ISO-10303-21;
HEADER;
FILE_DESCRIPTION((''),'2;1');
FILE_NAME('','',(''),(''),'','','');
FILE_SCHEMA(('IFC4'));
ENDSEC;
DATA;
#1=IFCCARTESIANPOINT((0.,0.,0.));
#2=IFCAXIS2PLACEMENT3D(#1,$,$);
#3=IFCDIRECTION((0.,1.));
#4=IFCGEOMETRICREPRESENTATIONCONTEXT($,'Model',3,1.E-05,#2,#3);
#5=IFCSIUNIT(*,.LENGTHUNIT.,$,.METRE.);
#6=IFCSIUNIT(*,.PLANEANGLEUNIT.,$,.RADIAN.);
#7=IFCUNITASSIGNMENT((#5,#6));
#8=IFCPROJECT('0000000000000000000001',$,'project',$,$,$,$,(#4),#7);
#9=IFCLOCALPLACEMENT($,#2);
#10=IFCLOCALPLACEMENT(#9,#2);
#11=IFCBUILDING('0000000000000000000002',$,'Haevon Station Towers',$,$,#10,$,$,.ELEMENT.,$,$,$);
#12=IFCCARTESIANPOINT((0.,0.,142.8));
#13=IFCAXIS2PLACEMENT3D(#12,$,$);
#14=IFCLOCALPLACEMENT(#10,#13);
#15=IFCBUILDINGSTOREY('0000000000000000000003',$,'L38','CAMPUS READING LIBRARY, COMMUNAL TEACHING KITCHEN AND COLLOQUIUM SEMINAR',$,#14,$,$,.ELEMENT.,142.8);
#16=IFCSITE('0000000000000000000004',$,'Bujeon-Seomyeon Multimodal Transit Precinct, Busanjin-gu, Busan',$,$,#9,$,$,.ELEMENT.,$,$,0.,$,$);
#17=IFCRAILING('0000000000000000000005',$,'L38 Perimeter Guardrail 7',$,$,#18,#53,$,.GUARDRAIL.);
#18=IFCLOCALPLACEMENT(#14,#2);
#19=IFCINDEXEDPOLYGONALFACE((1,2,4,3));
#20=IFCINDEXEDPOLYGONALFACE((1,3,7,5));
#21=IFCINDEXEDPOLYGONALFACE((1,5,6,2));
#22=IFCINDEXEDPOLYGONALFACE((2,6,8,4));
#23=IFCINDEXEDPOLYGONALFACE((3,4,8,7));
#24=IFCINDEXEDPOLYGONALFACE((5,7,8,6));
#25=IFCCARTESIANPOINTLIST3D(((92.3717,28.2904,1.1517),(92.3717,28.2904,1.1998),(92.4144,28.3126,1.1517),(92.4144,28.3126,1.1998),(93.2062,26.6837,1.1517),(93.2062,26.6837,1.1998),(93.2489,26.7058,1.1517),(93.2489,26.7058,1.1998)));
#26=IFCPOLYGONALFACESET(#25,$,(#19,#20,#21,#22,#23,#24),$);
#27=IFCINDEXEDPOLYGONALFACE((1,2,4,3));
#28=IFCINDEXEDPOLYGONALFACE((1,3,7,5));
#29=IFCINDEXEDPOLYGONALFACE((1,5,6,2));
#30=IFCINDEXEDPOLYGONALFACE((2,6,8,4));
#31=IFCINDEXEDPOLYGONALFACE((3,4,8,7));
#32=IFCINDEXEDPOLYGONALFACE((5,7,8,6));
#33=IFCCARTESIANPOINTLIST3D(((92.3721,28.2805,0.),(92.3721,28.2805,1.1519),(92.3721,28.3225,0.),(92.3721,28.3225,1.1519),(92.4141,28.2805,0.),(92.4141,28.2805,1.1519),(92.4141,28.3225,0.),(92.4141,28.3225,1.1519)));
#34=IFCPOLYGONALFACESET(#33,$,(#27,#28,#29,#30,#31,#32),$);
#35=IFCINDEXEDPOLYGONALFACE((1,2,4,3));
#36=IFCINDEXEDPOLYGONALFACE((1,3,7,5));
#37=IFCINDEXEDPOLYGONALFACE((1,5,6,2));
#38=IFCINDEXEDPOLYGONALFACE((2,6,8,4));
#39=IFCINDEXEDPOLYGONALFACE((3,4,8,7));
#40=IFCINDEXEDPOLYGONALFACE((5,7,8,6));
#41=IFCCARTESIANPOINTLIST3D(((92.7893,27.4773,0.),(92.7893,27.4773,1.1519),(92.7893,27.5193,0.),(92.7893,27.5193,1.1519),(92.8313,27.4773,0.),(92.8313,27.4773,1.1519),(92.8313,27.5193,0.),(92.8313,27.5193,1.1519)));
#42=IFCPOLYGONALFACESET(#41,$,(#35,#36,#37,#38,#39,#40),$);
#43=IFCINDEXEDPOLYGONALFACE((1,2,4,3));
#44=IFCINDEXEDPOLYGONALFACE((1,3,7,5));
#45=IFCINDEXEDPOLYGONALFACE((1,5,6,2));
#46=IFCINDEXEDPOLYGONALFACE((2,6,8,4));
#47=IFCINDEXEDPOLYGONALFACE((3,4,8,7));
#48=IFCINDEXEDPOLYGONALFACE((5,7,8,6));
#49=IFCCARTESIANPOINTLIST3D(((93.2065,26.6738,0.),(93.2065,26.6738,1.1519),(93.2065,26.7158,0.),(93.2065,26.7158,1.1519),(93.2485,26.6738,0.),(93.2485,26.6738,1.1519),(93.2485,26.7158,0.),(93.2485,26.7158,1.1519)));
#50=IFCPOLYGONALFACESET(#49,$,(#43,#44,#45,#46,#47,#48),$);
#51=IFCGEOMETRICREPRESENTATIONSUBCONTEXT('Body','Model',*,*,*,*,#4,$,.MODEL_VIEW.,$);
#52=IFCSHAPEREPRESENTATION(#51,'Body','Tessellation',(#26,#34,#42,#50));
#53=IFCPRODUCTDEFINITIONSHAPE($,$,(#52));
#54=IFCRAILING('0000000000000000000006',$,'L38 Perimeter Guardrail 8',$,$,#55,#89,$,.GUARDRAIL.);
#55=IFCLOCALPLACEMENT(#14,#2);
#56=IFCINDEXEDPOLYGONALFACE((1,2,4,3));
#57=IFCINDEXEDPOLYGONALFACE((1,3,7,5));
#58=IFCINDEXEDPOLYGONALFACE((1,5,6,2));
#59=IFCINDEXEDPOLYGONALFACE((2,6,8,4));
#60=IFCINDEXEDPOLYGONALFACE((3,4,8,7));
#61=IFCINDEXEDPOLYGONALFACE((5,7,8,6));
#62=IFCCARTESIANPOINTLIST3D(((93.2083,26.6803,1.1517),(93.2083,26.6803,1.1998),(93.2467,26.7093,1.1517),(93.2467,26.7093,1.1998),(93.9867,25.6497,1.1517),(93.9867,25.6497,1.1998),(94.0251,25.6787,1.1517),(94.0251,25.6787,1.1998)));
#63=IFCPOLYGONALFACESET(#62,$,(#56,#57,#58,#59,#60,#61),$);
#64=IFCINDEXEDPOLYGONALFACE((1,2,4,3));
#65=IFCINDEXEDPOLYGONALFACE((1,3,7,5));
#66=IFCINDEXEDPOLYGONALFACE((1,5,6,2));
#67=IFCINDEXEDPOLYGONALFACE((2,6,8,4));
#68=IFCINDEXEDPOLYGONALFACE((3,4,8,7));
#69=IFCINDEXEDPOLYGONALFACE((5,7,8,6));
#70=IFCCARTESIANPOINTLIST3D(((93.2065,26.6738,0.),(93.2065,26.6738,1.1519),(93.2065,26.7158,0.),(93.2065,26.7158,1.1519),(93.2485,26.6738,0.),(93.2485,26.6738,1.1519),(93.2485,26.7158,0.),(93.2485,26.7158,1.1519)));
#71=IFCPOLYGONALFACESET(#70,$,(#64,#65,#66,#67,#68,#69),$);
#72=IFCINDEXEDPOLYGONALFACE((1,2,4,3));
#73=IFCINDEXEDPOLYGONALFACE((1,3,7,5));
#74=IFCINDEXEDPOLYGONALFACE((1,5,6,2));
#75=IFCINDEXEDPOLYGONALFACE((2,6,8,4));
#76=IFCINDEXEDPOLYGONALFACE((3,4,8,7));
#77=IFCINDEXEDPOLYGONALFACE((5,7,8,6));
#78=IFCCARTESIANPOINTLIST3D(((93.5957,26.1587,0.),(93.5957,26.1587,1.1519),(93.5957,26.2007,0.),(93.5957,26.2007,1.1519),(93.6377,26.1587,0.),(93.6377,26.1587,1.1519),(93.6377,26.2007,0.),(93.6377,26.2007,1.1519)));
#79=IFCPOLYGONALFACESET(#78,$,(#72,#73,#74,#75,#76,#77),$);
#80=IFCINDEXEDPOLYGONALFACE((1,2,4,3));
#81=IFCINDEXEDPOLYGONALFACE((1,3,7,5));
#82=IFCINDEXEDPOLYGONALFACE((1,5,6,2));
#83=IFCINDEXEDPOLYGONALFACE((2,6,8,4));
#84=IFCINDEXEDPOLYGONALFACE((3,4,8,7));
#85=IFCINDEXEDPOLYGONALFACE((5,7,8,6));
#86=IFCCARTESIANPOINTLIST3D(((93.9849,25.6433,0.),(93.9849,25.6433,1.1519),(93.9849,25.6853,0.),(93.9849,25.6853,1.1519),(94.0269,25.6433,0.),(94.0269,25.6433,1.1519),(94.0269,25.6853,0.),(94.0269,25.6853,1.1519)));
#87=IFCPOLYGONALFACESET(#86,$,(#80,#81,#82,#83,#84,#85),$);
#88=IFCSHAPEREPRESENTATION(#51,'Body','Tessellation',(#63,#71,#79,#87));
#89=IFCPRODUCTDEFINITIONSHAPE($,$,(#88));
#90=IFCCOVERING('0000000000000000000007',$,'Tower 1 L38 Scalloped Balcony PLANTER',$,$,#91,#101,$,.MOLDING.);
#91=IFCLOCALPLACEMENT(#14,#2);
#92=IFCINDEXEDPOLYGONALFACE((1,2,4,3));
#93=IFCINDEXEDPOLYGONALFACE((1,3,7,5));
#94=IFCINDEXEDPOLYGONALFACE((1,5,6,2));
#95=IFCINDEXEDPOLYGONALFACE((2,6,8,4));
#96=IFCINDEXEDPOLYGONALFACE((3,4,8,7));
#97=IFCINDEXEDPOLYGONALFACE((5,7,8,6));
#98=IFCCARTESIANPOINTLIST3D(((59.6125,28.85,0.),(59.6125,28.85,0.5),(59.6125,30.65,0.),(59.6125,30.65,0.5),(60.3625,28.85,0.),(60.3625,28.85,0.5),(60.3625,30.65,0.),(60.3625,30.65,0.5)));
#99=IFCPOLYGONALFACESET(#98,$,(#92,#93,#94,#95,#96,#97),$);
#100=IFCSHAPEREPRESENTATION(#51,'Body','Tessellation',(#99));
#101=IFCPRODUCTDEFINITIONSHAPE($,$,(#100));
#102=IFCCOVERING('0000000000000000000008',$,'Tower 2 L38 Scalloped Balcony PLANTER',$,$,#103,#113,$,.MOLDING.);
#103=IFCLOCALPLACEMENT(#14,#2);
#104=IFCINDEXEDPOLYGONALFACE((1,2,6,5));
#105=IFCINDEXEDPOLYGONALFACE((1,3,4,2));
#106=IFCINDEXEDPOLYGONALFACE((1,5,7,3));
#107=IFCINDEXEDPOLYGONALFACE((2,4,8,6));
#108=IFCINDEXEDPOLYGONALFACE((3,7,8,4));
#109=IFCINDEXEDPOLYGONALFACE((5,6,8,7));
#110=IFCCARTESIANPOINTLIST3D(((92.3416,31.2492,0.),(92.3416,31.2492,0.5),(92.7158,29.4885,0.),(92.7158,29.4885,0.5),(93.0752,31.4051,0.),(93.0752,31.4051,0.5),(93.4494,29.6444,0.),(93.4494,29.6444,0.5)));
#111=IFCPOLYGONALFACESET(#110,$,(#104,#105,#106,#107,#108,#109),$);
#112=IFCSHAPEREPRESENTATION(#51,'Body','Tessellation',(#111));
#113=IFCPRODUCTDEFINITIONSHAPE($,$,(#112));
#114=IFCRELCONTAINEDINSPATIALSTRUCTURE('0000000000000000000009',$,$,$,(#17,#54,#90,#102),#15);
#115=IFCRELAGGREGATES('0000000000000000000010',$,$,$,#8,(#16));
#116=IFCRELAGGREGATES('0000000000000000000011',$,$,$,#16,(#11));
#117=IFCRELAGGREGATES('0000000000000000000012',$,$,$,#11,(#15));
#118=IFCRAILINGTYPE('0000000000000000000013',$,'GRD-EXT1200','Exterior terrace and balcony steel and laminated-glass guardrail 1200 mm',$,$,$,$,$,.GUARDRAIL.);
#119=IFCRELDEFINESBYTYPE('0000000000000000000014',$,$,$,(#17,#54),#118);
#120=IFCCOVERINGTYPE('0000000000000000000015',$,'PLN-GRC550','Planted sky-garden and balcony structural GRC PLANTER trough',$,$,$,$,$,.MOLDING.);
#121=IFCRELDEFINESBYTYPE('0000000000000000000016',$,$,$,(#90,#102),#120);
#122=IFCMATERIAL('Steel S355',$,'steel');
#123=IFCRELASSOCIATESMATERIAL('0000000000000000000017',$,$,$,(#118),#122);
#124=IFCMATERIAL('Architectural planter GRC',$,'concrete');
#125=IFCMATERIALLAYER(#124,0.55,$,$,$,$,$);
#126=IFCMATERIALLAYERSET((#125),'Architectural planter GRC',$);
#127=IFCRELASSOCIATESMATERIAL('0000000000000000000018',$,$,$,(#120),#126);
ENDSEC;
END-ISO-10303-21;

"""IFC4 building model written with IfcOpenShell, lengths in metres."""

from ifc_helpers import new_model, si_unit, direction, frame, origin, origin_2d, place, context, subcontext, project, spatial, rectangle, extrude, material, layer, layer_set, type_object, element, save


model = new_model("IFC4")

# Units and contexts
model_context = context("Model", 3, precision=1e-05, world=origin(), true_north=direction((0.0, 1.0)))
body_context = subcontext(model_context, "Body", "Model", "MODEL_VIEW")
ifc_project = project(units=[si_unit("LENGTHUNIT", "METRE"), si_unit("PLANEANGLEUNIT", "RADIAN")], contexts=[model_context])

# Site, building, storey
site_placement = place(None, origin())
site = spatial("IfcSite", under=ifc_project, at=site_placement, Name="Bujeon-Seomyeon Multimodal Transit Precinct, Busanjin-gu, Busan", CompositionType="ELEMENT", RefElevation=0.0)
building_placement = place(site_placement, origin())
building = spatial("IfcBuilding", under=site, at=building_placement, Name="Haevon Station Towers", CompositionType="ELEMENT")
storey_placement = place(building_placement, frame((0.0, 0.0, 142.8)))
storey = spatial("IfcBuildingStorey", under=building, at=storey_placement, Name="L38", Description="CAMPUS READING LIBRARY, COMMUNAL TEACHING KITCHEN AND COLLOQUIUM SEMINAR", CompositionType="ELEMENT", Elevation=142.8)

# Shared definitions
ifc_material_1 = material(Name="Steel S355", Category="steel")

# Railings
railing_type = type_object("IfcRailingType", Name="GRD-EXT1200", Description="Exterior terrace and balcony steel and laminated-glass guardrail 1200 mm", PredefinedType="GUARDRAIL", material=ifc_material_1)
railing_1_placement = place(storey_placement, frame((92.3931, 28.3015, 0.0)))
element("IfcRailing", 1, at=railing_1_placement, inside=storey, type_object=railing_type, Name="L38 Perimeter Guardrail 7", PredefinedType="GUARDRAIL", context=body_context, shape_type="SweptSolid", body=[
    extrude(rectangle(XDim=0.0481, YDim=0.0481, at=origin_2d()), frame((0.0, 0.0, 1.1758), z_axis=(0.460915, -0.887444, 0.0), x_axis=(0.887444, 0.460915, 0.0)), (0.0, 0.0, 1.0), 1.8105),
    extrude(rectangle(XDim=0.042, YDim=0.042, at=origin_2d()), origin(), (0.0, 0.0, 1.0), 1.1519),
    extrude(rectangle(XDim=0.042, YDim=0.042, at=origin_2d()), frame((0.4172, -0.8032, 0.0)), (0.0, 0.0, 1.0), 1.1519),
    extrude(rectangle(XDim=0.042, YDim=0.042, at=origin_2d()), frame((0.8345, -1.6067, 0.0)), (0.0, 0.0, 1.0), 1.1519),
])
railing_2_placement = place(storey_placement, frame((93.2275, 26.6948, 0.0)))
element("IfcRailing", 2, at=railing_2_placement, inside=storey, type_object=railing_type, Name="L38 Perimeter Guardrail 8", PredefinedType="GUARDRAIL", context=body_context, shape_type="SweptSolid", body=[
    extrude(rectangle(XDim=0.0481, YDim=0.0481, at=origin_2d()), frame((0.0, 0.0, 1.1758), z_axis=(0.602689, -0.797976, 0.0), x_axis=(0.797976, 0.602689, 0.0)), (0.0, 0.0, 1.0), 1.2915),
    extrude(rectangle(XDim=0.042, YDim=0.042, at=origin_2d()), origin(), (0.0, 0.0, 1.0), 1.1519),
    extrude(rectangle(XDim=0.042, YDim=0.042, at=origin_2d()), frame((0.3892, -0.5151, 0.0)), (0.0, 0.0, 1.0), 1.1519),
    extrude(rectangle(XDim=0.042, YDim=0.042, at=origin_2d()), frame((0.7783, -1.0305, 0.0)), (0.0, 0.0, 1.0), 1.1519),
])

# Coverings
ifc_material_2 = material(Name="Architectural planter GRC", Category="concrete")
ifc_layer_1 = layer(ifc_material_2, 0.55)
ifc_layer_set_1 = layer_set([ifc_layer_1], Name="Architectural planter GRC")
covering_type = type_object("IfcCoveringType", Name="PLN-GRC550", Description="Planted sky-garden and balcony structural GRC PLANTER trough", PredefinedType="MOLDING", material=ifc_layer_set_1)
for number, where, z_axis, x_axis, name in (
    (3, (59.9875, 29.75, 0.0), (0.0, 0.0, 1.0), (1.0, 0.0, 0.0), "Tower 1 L38 Scalloped Balcony PLANTER"),
    (4, (92.8955, 30.4468, 0.0), (0.0, 0.0, 1.0), (0.978148, 0.207912, 0.0), "Tower 2 L38 Scalloped Balcony PLANTER"),
):
    element("IfcCovering", number, at=place(storey_placement, frame(where, z_axis=z_axis, x_axis=x_axis)), inside=storey, type_object=covering_type, Name=name, PredefinedType="MOLDING", context=body_context, shape_type="SweptSolid", body=[
        extrude(rectangle(XDim=0.75, YDim=1.8, at=origin_2d()), origin(), (0.0, 0.0, 1.0), 0.5),
    ])

save(model, "model.ifc")
